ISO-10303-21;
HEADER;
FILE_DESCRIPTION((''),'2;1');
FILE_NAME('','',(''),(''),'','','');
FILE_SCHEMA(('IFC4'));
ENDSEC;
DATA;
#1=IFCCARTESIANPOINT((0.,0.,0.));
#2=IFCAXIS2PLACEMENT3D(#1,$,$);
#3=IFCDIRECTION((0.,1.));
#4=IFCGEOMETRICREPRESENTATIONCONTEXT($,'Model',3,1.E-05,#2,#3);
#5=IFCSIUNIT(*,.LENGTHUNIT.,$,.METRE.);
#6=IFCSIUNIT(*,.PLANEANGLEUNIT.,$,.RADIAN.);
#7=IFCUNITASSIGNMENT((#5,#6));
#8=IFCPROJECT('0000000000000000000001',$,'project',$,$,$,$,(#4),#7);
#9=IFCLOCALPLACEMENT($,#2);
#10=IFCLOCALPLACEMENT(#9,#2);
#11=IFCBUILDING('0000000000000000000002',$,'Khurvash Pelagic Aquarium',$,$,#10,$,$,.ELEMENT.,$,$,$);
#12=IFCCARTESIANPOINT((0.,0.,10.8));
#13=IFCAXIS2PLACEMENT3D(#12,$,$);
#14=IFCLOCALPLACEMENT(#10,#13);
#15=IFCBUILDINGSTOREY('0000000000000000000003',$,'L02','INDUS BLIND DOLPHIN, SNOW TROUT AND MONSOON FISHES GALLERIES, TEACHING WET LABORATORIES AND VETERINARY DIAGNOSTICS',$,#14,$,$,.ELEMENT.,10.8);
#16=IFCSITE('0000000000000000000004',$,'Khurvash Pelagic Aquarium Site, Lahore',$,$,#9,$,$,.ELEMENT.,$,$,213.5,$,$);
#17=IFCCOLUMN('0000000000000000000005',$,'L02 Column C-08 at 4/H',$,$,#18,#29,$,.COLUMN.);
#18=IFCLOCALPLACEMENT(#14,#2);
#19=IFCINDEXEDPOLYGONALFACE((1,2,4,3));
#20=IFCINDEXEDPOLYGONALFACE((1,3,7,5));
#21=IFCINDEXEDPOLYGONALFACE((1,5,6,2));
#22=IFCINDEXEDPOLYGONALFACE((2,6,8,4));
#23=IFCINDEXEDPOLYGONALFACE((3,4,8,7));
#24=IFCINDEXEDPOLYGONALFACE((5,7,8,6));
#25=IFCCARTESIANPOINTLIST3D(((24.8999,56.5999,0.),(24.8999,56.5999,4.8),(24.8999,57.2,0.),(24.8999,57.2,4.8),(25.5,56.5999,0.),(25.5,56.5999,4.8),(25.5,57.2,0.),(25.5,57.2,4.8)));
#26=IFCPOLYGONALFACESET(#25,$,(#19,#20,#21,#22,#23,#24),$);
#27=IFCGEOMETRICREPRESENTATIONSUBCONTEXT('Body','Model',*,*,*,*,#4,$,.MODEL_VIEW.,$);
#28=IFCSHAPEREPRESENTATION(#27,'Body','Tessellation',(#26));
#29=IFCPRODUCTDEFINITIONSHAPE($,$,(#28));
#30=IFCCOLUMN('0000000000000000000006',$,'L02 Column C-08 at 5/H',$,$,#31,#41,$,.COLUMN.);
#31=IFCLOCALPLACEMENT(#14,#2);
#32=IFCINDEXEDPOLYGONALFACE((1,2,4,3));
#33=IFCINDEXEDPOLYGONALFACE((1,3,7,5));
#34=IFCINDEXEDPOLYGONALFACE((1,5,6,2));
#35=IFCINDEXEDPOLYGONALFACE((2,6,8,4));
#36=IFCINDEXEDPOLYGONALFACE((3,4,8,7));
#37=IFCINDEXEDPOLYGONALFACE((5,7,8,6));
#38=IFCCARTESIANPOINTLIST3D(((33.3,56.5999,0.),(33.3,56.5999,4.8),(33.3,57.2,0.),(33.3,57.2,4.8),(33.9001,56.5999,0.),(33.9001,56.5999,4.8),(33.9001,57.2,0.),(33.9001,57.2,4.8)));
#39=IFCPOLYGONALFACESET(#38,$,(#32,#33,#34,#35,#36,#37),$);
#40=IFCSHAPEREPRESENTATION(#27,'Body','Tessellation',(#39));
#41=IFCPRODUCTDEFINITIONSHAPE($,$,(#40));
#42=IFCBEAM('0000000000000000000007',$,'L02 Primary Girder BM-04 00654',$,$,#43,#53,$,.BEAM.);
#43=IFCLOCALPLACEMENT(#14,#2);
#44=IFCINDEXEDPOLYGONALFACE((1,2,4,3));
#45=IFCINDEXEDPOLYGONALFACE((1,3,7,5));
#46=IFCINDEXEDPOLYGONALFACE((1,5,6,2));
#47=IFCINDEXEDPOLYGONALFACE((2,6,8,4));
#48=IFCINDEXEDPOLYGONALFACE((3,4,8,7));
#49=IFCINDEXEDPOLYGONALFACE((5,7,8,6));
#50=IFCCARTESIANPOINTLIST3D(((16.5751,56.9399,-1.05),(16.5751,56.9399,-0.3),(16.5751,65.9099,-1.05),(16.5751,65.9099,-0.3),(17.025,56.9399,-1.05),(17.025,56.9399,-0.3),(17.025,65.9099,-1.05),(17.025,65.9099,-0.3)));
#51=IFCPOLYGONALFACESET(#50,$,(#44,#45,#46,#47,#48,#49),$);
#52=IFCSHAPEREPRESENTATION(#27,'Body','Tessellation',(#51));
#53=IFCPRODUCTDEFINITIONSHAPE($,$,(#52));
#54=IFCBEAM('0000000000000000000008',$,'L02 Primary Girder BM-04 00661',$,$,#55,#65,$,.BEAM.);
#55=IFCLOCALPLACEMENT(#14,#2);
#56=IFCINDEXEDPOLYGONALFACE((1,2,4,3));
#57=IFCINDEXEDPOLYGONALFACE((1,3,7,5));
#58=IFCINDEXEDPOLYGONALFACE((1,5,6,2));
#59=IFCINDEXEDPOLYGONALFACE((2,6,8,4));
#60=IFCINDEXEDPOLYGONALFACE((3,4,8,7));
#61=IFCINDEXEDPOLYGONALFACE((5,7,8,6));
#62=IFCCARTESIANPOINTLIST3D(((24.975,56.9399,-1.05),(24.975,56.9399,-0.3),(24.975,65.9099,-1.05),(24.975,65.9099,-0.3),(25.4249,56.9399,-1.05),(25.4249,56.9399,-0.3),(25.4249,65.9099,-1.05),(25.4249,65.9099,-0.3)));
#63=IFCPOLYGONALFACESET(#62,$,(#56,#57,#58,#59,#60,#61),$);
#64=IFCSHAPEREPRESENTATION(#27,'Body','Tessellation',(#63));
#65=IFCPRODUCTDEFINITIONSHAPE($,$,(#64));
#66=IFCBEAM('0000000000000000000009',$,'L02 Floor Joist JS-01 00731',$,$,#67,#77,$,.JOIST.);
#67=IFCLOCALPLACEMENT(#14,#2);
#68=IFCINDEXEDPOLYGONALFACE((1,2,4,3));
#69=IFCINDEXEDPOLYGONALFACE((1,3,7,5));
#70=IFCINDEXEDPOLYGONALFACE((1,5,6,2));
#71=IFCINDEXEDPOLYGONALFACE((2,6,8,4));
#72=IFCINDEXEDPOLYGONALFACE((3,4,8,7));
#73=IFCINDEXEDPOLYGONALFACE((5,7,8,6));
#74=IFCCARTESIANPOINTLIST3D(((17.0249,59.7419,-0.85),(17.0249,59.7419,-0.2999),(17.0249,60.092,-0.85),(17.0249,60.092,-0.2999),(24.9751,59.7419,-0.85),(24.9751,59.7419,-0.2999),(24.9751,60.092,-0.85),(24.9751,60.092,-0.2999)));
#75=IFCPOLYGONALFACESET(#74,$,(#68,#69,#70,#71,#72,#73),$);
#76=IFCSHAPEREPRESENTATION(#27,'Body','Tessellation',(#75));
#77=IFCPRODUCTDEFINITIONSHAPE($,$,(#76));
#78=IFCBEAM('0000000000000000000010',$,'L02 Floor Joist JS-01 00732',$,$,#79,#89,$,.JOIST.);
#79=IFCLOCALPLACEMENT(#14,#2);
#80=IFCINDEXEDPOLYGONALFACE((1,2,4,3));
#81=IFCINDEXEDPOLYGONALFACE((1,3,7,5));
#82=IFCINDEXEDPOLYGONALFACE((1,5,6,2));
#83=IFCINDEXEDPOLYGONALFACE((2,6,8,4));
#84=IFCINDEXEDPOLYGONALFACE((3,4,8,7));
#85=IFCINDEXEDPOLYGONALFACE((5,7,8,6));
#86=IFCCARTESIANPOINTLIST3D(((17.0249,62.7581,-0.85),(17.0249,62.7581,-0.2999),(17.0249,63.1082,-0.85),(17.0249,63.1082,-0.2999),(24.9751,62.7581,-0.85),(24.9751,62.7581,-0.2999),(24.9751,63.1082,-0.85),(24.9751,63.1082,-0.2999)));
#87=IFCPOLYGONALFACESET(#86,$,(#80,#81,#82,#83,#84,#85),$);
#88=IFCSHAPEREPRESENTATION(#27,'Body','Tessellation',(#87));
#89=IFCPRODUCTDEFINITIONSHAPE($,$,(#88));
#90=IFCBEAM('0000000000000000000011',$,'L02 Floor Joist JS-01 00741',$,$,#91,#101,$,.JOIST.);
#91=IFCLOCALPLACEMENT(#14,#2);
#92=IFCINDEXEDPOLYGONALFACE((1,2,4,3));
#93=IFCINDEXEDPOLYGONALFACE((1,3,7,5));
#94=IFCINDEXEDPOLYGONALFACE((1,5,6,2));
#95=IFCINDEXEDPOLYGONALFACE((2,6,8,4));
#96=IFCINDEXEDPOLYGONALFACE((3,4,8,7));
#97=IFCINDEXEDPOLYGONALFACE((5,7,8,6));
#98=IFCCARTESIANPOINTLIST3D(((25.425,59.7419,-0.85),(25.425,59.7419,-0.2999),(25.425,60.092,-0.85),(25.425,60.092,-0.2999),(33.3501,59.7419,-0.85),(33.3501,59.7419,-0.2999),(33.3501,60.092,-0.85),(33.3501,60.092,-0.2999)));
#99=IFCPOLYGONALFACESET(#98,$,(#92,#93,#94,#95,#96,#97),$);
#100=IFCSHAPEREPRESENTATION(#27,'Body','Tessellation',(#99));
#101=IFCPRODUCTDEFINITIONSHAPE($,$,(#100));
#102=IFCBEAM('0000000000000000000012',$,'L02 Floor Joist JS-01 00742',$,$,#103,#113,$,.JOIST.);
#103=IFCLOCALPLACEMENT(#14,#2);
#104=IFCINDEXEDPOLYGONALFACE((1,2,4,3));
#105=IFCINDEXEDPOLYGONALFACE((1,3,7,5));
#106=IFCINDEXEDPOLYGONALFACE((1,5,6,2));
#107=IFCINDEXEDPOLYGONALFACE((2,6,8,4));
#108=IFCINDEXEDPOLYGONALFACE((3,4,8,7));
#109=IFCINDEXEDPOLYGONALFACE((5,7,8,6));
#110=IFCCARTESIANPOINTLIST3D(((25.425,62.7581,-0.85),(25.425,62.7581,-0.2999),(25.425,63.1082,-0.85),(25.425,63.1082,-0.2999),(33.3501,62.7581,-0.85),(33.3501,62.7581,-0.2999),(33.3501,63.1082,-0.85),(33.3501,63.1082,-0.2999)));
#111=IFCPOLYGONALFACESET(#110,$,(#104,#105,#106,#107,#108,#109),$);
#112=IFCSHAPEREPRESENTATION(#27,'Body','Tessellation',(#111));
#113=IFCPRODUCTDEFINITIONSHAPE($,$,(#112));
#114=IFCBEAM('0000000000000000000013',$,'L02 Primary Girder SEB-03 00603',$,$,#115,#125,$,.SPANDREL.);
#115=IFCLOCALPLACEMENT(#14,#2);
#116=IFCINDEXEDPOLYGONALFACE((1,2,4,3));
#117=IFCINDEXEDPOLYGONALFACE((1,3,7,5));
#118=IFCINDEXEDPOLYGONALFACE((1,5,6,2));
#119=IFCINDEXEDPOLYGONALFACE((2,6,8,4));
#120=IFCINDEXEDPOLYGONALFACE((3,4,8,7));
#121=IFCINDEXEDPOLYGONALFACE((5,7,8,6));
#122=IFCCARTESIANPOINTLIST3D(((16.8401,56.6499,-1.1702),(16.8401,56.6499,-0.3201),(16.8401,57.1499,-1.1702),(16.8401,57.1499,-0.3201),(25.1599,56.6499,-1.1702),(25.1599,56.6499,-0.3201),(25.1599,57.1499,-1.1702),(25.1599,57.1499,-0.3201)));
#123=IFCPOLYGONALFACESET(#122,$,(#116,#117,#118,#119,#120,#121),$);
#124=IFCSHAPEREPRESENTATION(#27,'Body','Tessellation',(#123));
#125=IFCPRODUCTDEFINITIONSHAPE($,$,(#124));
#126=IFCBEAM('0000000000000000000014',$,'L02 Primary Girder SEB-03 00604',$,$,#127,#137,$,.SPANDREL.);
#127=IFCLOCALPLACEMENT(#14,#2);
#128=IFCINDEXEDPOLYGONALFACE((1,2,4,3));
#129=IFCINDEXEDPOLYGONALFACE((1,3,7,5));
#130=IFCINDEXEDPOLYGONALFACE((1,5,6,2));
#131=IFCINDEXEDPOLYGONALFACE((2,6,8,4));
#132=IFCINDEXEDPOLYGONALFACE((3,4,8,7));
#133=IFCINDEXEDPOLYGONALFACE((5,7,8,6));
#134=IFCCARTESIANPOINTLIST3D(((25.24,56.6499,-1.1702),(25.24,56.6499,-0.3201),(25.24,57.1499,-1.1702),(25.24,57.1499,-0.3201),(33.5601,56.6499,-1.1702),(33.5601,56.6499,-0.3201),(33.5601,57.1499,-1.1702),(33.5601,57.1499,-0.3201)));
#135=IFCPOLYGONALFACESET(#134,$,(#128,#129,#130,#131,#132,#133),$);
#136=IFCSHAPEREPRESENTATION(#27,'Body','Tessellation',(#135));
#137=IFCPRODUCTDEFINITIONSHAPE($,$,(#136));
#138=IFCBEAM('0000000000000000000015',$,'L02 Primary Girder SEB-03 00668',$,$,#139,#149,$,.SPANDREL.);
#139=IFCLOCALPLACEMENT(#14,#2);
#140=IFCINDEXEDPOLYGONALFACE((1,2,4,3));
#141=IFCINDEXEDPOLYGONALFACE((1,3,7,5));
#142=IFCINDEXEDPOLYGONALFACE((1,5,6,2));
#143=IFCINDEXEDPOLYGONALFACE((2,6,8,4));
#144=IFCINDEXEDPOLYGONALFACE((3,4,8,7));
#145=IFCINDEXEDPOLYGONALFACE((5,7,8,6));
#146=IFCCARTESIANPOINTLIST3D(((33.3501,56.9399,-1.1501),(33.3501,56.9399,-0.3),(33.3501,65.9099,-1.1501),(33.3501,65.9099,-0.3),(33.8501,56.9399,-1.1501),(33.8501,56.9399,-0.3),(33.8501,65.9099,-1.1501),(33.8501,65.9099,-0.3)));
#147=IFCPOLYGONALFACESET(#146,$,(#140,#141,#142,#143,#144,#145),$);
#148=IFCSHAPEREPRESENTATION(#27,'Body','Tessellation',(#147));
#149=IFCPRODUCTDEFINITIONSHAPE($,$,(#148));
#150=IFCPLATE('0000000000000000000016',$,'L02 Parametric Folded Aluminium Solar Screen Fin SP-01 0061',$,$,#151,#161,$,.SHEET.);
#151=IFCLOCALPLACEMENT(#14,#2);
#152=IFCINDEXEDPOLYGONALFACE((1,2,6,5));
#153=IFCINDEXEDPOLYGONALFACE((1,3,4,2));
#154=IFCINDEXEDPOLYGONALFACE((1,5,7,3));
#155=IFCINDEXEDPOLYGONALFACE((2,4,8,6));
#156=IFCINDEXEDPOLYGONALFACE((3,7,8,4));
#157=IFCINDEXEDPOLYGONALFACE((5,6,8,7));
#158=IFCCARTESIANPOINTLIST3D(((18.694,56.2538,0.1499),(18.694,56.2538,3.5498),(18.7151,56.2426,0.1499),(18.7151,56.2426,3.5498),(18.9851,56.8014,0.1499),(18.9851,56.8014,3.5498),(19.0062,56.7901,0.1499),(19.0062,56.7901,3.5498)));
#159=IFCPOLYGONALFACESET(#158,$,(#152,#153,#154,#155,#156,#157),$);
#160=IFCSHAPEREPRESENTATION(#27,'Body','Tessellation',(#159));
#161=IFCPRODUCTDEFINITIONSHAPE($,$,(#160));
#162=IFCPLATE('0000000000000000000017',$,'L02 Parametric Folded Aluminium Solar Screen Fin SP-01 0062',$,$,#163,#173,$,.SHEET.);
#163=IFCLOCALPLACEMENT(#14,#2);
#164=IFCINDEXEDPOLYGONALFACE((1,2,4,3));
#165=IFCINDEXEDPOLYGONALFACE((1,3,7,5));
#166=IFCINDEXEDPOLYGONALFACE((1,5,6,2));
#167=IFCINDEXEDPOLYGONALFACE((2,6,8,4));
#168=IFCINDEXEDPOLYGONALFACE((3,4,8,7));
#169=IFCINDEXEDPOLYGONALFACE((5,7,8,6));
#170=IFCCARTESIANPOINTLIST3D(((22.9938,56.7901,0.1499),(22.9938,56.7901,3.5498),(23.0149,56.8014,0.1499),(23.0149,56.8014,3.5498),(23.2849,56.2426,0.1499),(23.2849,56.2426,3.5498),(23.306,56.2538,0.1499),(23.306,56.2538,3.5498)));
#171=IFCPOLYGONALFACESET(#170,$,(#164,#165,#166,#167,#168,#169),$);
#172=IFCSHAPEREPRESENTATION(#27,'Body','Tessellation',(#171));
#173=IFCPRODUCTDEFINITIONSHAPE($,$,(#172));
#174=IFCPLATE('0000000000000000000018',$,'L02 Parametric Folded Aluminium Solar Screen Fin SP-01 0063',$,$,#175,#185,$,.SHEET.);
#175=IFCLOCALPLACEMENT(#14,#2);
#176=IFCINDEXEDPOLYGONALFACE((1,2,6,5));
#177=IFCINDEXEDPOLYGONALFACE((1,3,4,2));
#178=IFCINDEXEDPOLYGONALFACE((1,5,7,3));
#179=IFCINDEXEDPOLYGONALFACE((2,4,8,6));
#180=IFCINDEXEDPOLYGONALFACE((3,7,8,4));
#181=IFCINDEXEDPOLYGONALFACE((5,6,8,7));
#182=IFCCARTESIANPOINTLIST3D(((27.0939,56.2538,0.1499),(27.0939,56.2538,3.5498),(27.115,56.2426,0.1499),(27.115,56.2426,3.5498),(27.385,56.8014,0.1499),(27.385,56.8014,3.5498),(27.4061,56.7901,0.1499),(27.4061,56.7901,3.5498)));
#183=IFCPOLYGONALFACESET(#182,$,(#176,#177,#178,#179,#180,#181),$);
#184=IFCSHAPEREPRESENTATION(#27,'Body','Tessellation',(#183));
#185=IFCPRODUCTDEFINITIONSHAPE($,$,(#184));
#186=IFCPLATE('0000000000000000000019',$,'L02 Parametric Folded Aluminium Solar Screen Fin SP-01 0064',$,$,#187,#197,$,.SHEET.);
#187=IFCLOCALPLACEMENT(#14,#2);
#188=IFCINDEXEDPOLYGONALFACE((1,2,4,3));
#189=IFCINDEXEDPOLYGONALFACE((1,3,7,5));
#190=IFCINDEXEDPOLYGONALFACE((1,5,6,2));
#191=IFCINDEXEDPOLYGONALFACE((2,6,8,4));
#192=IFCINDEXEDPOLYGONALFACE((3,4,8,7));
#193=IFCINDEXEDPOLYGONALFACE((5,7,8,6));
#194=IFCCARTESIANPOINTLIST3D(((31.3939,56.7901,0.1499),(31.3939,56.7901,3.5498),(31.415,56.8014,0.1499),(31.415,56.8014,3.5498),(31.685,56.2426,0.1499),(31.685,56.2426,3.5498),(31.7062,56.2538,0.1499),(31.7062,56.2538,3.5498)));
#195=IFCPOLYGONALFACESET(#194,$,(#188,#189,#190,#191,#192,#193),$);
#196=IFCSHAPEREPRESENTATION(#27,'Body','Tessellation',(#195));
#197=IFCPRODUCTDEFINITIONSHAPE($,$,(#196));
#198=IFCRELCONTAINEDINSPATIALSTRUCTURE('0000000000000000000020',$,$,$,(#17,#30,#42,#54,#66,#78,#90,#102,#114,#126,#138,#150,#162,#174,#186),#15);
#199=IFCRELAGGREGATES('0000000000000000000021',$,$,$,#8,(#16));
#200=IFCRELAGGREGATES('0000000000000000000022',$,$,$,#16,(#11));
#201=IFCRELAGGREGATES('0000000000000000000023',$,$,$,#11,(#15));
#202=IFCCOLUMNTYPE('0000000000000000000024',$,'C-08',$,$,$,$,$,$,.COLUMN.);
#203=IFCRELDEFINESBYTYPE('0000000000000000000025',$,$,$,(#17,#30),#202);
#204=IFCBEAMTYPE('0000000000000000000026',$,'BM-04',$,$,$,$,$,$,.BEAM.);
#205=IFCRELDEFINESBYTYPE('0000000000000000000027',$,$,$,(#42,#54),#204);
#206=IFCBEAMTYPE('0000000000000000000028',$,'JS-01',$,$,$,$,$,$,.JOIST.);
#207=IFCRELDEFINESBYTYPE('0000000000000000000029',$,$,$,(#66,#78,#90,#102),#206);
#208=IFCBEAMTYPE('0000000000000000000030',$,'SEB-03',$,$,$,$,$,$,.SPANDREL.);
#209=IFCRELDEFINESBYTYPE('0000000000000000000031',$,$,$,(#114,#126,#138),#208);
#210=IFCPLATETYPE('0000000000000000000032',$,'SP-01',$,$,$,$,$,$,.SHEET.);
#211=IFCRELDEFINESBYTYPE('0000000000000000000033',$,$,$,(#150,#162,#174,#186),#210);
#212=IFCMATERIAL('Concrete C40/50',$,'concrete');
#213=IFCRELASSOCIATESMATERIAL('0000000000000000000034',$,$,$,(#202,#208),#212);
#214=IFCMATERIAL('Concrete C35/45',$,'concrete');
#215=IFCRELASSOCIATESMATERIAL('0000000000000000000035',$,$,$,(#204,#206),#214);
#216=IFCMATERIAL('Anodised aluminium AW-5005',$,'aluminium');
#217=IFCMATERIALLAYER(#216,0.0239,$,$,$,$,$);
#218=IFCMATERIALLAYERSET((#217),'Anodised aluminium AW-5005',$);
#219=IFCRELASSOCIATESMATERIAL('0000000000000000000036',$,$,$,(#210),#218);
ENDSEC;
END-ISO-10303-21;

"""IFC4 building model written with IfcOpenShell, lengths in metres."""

from ifc_helpers import new_model, si_unit, direction, frame, origin, origin_2d, place, context, subcontext, project, spatial, rectangle, extrude, material, layer, layer_set, material_profile, profile_set, type_object, element, save


model = new_model("IFC4")

# Units and contexts
model_context = context("Model", 3, precision=1e-05, world=origin(), true_north=direction((0.0, 1.0)))
body_context = subcontext(model_context, "Body", "Model", "MODEL_VIEW")
ifc_project = project(units=[si_unit("LENGTHUNIT", "METRE"), si_unit("PLANEANGLEUNIT", "RADIAN")], contexts=[model_context])

# Site, building, storey
site_placement = place(None, origin())
site = spatial("IfcSite", under=ifc_project, at=site_placement, Name="Khurvash Pelagic Aquarium Site, Lahore", CompositionType="ELEMENT", RefElevation=213.5)
building_placement = place(site_placement, origin())
building = spatial("IfcBuilding", under=site, at=building_placement, Name="Khurvash Pelagic Aquarium", CompositionType="ELEMENT")
storey_placement = place(building_placement, frame((0.0, 0.0, 10.8)))
storey = spatial("IfcBuildingStorey", under=building, at=storey_placement, Name="L02", Description="INDUS BLIND DOLPHIN, SNOW TROUT AND MONSOON FISHES GALLERIES, TEACHING WET LABORATORIES AND VETERINARY DIAGNOSTICS", CompositionType="ELEMENT", Elevation=10.8)

# Columns
ifc_material_1 = material(Name="Concrete C40/50", Category="concrete")
ifc_material_profile_1 = material_profile(ifc_material_1, rectangle(XDim=0.6001, YDim=0.6001, at=origin_2d()), Name="RC600X600")
ifc_profile_set_1 = profile_set([ifc_material_profile_1], Name="Concrete C40/50")
column_type = type_object("IfcColumnType", Name="C-08", PredefinedType="COLUMN", material=ifc_profile_set_1)
for number, where, z_axis, x_axis, name in (
    (1, (25.2, 56.8999, 0.0), (0.0, 0.0, 1.0), (1.0, 0.0, 0.0), "L02 Column C-08 at 4/H"),
    (2, (33.6001, 56.8999, 0.0), (0.0, 0.0, 1.0), (1.0, 0.0, 0.0), "L02 Column C-08 at 5/H"),
):
    element("IfcColumn", number, at=place(storey_placement, frame(where, z_axis=z_axis, x_axis=x_axis)), inside=storey, type_object=column_type, Name=name, PredefinedType="COLUMN", context=body_context, shape_type="SweptSolid", body=[
        extrude(rectangle(XDim=0.6001, YDim=0.6001, at=origin_2d()), origin(), (0.0, 0.0, 1.0), 4.8),
    ])

# Beams
ifc_material_2 = material(Name="Concrete C35/45", Category="concrete")
ifc_material_profile_2 = material_profile(ifc_material_2, rectangle(XDim=0.45, YDim=0.75, at=origin_2d()), Name="RC450X750")
ifc_profile_set_2 = profile_set([ifc_material_profile_2], Name="Concrete C35/45")
beam_type_1 = type_object("IfcBeamType", Name="BM-04", PredefinedType="BEAM", material=ifc_profile_set_2)
for number, where, z_axis, x_axis, name in (
    (3, (16.8, 56.9399, -0.675), (0.0, 1.0, 0.0), (-1.0, 0.0, 0.0), "L02 Primary Girder BM-04 00654"),
    (4, (25.2, 56.9399, -0.675), (0.0, 1.0, 0.0), (-1.0, 0.0, 0.0), "L02 Primary Girder BM-04 00661"),
):
    element("IfcBeam", number, at=place(storey_placement, frame(where, z_axis=z_axis, x_axis=x_axis)), inside=storey, type_object=beam_type_1, Name=name, PredefinedType="BEAM", context=body_context, shape_type="SweptSolid", body=[
        extrude(rectangle(XDim=0.45, YDim=0.75, at=origin_2d()), origin(), (0.0, 0.0, 1.0), 8.97),
    ])
ifc_material_profile_3 = material_profile(ifc_material_2, rectangle(XDim=0.3501, YDim=0.55, at=origin_2d()), Name="RC350X550")
ifc_profile_set_3 = profile_set([ifc_material_profile_3], Name="Concrete C35/45")
beam_type_2 = type_object("IfcBeamType", Name="JS-01", PredefinedType="JOIST", material=ifc_profile_set_3)
for number, where, z_axis, x_axis, name in (
    (5, (17.0249, 59.917, -0.575), (1.0, 0.0, 0.0), (0.0, 1.0, 0.0), "L02 Floor Joist JS-01 00731"),
    (6, (17.0249, 62.9331, -0.575), (1.0, 0.0, 0.0), (0.0, 1.0, 0.0), "L02 Floor Joist JS-01 00732"),
):
    element("IfcBeam", number, at=place(storey_placement, frame(where, z_axis=z_axis, x_axis=x_axis)), inside=storey, type_object=beam_type_2, Name=name, PredefinedType="JOIST", context=body_context, shape_type="SweptSolid", body=[
        extrude(rectangle(XDim=0.3501, YDim=0.55, at=origin_2d()), origin(), (0.0, 0.0, 1.0), 7.9502),
    ])
for number, where, z_axis, x_axis, name in (
    (7, (25.425, 59.917, -0.575), (1.0, 0.0, 0.0), (0.0, 1.0, 0.0), "L02 Floor Joist JS-01 00741"),
    (8, (25.425, 62.9331, -0.575), (1.0, 0.0, 0.0), (0.0, 1.0, 0.0), "L02 Floor Joist JS-01 00742"),
):
    element("IfcBeam", number, at=place(storey_placement, frame(where, z_axis=z_axis, x_axis=x_axis)), inside=storey, type_object=beam_type_2, Name=name, PredefinedType="JOIST", context=body_context, shape_type="SweptSolid", body=[
        extrude(rectangle(XDim=0.3501, YDim=0.55, at=origin_2d()), origin(), (0.0, 0.0, 1.0), 7.925),
    ])
ifc_material_profile_4 = material_profile(ifc_material_1, rectangle(XDim=0.5, YDim=0.8501, at=origin_2d()), Name="RC500X850")
ifc_profile_set_4 = profile_set([ifc_material_profile_4], Name="Concrete C40/50")
beam_type_3 = type_object("IfcBeamType", Name="SEB-03", PredefinedType="SPANDREL", material=ifc_profile_set_4)
beam_1_placement = place(storey_placement, frame((16.8401, 56.8999, -0.7451), z_axis=(1.0, 0.0, 0.0), x_axis=(0.0, 1.0, 0.0)))
element("IfcBeam", 9, at=beam_1_placement, inside=storey, type_object=beam_type_3, Name="L02 Primary Girder SEB-03 00603", PredefinedType="SPANDREL", context=body_context, shape_type="SweptSolid", body=[
    extrude(rectangle(XDim=0.5, YDim=0.8501, at=origin_2d()), origin(), (0.0, 0.0, 1.0), 8.3198),
])
beam_2_placement = place(storey_placement, frame((25.24, 56.8999, -0.7451), z_axis=(1.0, 0.0, 0.0), x_axis=(0.0, 1.0, 0.0)))
element("IfcBeam", 10, at=beam_2_placement, inside=storey, type_object=beam_type_3, Name="L02 Primary Girder SEB-03 00604", PredefinedType="SPANDREL", context=body_context, shape_type="SweptSolid", body=[
    extrude(rectangle(XDim=0.5, YDim=0.8501, at=origin_2d()), origin(), (0.0, 0.0, 1.0), 8.3201),
])
beam_3_placement = place(storey_placement, frame((33.6001, 56.9399, -0.7251), z_axis=(0.0, 1.0, 0.0), x_axis=(-1.0, 0.0, 0.0)))
element("IfcBeam", 11, at=beam_3_placement, inside=storey, type_object=beam_type_3, Name="L02 Primary Girder SEB-03 00668", PredefinedType="SPANDREL", context=body_context, shape_type="SweptSolid", body=[
    extrude(rectangle(XDim=0.5, YDim=0.8501, at=origin_2d()), origin(), (0.0, 0.0, 1.0), 8.97),
])

# Plates
ifc_material_3 = material(Name="Anodised aluminium AW-5005", Category="aluminium")
ifc_layer_1 = layer(ifc_material_3, 0.0239)
ifc_layer_set_1 = layer_set([ifc_layer_1], Name="Anodised aluminium AW-5005")
plate_type = type_object("IfcPlateType", Name="SP-01", PredefinedType="SHEET", material=ifc_layer_set_1)
for number, where, z_axis, x_axis, name in (
    (12, (18.8501, 56.522, 0.1499), (0.0, 0.0, 1.0), (-0.469472, -0.882948, 0.0), "L02 Parametric Folded Aluminium Solar Screen Fin SP-01 0061"),
    (13, (23.1499, 56.522, 0.1499), (0.0, 0.0, 1.0), (0.469472, -0.882948, 0.0), "L02 Parametric Folded Aluminium Solar Screen Fin SP-01 0062"),
    (14, (27.25, 56.522, 0.1499), (0.0, 0.0, 1.0), (-0.469472, -0.882948, 0.0), "L02 Parametric Folded Aluminium Solar Screen Fin SP-01 0063"),
    (15, (31.55, 56.522, 0.1499), (0.0, 0.0, 1.0), (0.469472, -0.882948, 0.0), "L02 Parametric Folded Aluminium Solar Screen Fin SP-01 0064"),
):
    element("IfcPlate", number, at=place(storey_placement, frame(where, z_axis=z_axis, x_axis=x_axis)), inside=storey, type_object=plate_type, Name=name, PredefinedType="SHEET", context=body_context, shape_type="SweptSolid", body=[
        extrude(rectangle(XDim=0.6201, YDim=0.0239, at=origin_2d()), origin(), (0.0, 0.0, 1.0), 3.3999),
    ])

save(model, "model.ifc")
